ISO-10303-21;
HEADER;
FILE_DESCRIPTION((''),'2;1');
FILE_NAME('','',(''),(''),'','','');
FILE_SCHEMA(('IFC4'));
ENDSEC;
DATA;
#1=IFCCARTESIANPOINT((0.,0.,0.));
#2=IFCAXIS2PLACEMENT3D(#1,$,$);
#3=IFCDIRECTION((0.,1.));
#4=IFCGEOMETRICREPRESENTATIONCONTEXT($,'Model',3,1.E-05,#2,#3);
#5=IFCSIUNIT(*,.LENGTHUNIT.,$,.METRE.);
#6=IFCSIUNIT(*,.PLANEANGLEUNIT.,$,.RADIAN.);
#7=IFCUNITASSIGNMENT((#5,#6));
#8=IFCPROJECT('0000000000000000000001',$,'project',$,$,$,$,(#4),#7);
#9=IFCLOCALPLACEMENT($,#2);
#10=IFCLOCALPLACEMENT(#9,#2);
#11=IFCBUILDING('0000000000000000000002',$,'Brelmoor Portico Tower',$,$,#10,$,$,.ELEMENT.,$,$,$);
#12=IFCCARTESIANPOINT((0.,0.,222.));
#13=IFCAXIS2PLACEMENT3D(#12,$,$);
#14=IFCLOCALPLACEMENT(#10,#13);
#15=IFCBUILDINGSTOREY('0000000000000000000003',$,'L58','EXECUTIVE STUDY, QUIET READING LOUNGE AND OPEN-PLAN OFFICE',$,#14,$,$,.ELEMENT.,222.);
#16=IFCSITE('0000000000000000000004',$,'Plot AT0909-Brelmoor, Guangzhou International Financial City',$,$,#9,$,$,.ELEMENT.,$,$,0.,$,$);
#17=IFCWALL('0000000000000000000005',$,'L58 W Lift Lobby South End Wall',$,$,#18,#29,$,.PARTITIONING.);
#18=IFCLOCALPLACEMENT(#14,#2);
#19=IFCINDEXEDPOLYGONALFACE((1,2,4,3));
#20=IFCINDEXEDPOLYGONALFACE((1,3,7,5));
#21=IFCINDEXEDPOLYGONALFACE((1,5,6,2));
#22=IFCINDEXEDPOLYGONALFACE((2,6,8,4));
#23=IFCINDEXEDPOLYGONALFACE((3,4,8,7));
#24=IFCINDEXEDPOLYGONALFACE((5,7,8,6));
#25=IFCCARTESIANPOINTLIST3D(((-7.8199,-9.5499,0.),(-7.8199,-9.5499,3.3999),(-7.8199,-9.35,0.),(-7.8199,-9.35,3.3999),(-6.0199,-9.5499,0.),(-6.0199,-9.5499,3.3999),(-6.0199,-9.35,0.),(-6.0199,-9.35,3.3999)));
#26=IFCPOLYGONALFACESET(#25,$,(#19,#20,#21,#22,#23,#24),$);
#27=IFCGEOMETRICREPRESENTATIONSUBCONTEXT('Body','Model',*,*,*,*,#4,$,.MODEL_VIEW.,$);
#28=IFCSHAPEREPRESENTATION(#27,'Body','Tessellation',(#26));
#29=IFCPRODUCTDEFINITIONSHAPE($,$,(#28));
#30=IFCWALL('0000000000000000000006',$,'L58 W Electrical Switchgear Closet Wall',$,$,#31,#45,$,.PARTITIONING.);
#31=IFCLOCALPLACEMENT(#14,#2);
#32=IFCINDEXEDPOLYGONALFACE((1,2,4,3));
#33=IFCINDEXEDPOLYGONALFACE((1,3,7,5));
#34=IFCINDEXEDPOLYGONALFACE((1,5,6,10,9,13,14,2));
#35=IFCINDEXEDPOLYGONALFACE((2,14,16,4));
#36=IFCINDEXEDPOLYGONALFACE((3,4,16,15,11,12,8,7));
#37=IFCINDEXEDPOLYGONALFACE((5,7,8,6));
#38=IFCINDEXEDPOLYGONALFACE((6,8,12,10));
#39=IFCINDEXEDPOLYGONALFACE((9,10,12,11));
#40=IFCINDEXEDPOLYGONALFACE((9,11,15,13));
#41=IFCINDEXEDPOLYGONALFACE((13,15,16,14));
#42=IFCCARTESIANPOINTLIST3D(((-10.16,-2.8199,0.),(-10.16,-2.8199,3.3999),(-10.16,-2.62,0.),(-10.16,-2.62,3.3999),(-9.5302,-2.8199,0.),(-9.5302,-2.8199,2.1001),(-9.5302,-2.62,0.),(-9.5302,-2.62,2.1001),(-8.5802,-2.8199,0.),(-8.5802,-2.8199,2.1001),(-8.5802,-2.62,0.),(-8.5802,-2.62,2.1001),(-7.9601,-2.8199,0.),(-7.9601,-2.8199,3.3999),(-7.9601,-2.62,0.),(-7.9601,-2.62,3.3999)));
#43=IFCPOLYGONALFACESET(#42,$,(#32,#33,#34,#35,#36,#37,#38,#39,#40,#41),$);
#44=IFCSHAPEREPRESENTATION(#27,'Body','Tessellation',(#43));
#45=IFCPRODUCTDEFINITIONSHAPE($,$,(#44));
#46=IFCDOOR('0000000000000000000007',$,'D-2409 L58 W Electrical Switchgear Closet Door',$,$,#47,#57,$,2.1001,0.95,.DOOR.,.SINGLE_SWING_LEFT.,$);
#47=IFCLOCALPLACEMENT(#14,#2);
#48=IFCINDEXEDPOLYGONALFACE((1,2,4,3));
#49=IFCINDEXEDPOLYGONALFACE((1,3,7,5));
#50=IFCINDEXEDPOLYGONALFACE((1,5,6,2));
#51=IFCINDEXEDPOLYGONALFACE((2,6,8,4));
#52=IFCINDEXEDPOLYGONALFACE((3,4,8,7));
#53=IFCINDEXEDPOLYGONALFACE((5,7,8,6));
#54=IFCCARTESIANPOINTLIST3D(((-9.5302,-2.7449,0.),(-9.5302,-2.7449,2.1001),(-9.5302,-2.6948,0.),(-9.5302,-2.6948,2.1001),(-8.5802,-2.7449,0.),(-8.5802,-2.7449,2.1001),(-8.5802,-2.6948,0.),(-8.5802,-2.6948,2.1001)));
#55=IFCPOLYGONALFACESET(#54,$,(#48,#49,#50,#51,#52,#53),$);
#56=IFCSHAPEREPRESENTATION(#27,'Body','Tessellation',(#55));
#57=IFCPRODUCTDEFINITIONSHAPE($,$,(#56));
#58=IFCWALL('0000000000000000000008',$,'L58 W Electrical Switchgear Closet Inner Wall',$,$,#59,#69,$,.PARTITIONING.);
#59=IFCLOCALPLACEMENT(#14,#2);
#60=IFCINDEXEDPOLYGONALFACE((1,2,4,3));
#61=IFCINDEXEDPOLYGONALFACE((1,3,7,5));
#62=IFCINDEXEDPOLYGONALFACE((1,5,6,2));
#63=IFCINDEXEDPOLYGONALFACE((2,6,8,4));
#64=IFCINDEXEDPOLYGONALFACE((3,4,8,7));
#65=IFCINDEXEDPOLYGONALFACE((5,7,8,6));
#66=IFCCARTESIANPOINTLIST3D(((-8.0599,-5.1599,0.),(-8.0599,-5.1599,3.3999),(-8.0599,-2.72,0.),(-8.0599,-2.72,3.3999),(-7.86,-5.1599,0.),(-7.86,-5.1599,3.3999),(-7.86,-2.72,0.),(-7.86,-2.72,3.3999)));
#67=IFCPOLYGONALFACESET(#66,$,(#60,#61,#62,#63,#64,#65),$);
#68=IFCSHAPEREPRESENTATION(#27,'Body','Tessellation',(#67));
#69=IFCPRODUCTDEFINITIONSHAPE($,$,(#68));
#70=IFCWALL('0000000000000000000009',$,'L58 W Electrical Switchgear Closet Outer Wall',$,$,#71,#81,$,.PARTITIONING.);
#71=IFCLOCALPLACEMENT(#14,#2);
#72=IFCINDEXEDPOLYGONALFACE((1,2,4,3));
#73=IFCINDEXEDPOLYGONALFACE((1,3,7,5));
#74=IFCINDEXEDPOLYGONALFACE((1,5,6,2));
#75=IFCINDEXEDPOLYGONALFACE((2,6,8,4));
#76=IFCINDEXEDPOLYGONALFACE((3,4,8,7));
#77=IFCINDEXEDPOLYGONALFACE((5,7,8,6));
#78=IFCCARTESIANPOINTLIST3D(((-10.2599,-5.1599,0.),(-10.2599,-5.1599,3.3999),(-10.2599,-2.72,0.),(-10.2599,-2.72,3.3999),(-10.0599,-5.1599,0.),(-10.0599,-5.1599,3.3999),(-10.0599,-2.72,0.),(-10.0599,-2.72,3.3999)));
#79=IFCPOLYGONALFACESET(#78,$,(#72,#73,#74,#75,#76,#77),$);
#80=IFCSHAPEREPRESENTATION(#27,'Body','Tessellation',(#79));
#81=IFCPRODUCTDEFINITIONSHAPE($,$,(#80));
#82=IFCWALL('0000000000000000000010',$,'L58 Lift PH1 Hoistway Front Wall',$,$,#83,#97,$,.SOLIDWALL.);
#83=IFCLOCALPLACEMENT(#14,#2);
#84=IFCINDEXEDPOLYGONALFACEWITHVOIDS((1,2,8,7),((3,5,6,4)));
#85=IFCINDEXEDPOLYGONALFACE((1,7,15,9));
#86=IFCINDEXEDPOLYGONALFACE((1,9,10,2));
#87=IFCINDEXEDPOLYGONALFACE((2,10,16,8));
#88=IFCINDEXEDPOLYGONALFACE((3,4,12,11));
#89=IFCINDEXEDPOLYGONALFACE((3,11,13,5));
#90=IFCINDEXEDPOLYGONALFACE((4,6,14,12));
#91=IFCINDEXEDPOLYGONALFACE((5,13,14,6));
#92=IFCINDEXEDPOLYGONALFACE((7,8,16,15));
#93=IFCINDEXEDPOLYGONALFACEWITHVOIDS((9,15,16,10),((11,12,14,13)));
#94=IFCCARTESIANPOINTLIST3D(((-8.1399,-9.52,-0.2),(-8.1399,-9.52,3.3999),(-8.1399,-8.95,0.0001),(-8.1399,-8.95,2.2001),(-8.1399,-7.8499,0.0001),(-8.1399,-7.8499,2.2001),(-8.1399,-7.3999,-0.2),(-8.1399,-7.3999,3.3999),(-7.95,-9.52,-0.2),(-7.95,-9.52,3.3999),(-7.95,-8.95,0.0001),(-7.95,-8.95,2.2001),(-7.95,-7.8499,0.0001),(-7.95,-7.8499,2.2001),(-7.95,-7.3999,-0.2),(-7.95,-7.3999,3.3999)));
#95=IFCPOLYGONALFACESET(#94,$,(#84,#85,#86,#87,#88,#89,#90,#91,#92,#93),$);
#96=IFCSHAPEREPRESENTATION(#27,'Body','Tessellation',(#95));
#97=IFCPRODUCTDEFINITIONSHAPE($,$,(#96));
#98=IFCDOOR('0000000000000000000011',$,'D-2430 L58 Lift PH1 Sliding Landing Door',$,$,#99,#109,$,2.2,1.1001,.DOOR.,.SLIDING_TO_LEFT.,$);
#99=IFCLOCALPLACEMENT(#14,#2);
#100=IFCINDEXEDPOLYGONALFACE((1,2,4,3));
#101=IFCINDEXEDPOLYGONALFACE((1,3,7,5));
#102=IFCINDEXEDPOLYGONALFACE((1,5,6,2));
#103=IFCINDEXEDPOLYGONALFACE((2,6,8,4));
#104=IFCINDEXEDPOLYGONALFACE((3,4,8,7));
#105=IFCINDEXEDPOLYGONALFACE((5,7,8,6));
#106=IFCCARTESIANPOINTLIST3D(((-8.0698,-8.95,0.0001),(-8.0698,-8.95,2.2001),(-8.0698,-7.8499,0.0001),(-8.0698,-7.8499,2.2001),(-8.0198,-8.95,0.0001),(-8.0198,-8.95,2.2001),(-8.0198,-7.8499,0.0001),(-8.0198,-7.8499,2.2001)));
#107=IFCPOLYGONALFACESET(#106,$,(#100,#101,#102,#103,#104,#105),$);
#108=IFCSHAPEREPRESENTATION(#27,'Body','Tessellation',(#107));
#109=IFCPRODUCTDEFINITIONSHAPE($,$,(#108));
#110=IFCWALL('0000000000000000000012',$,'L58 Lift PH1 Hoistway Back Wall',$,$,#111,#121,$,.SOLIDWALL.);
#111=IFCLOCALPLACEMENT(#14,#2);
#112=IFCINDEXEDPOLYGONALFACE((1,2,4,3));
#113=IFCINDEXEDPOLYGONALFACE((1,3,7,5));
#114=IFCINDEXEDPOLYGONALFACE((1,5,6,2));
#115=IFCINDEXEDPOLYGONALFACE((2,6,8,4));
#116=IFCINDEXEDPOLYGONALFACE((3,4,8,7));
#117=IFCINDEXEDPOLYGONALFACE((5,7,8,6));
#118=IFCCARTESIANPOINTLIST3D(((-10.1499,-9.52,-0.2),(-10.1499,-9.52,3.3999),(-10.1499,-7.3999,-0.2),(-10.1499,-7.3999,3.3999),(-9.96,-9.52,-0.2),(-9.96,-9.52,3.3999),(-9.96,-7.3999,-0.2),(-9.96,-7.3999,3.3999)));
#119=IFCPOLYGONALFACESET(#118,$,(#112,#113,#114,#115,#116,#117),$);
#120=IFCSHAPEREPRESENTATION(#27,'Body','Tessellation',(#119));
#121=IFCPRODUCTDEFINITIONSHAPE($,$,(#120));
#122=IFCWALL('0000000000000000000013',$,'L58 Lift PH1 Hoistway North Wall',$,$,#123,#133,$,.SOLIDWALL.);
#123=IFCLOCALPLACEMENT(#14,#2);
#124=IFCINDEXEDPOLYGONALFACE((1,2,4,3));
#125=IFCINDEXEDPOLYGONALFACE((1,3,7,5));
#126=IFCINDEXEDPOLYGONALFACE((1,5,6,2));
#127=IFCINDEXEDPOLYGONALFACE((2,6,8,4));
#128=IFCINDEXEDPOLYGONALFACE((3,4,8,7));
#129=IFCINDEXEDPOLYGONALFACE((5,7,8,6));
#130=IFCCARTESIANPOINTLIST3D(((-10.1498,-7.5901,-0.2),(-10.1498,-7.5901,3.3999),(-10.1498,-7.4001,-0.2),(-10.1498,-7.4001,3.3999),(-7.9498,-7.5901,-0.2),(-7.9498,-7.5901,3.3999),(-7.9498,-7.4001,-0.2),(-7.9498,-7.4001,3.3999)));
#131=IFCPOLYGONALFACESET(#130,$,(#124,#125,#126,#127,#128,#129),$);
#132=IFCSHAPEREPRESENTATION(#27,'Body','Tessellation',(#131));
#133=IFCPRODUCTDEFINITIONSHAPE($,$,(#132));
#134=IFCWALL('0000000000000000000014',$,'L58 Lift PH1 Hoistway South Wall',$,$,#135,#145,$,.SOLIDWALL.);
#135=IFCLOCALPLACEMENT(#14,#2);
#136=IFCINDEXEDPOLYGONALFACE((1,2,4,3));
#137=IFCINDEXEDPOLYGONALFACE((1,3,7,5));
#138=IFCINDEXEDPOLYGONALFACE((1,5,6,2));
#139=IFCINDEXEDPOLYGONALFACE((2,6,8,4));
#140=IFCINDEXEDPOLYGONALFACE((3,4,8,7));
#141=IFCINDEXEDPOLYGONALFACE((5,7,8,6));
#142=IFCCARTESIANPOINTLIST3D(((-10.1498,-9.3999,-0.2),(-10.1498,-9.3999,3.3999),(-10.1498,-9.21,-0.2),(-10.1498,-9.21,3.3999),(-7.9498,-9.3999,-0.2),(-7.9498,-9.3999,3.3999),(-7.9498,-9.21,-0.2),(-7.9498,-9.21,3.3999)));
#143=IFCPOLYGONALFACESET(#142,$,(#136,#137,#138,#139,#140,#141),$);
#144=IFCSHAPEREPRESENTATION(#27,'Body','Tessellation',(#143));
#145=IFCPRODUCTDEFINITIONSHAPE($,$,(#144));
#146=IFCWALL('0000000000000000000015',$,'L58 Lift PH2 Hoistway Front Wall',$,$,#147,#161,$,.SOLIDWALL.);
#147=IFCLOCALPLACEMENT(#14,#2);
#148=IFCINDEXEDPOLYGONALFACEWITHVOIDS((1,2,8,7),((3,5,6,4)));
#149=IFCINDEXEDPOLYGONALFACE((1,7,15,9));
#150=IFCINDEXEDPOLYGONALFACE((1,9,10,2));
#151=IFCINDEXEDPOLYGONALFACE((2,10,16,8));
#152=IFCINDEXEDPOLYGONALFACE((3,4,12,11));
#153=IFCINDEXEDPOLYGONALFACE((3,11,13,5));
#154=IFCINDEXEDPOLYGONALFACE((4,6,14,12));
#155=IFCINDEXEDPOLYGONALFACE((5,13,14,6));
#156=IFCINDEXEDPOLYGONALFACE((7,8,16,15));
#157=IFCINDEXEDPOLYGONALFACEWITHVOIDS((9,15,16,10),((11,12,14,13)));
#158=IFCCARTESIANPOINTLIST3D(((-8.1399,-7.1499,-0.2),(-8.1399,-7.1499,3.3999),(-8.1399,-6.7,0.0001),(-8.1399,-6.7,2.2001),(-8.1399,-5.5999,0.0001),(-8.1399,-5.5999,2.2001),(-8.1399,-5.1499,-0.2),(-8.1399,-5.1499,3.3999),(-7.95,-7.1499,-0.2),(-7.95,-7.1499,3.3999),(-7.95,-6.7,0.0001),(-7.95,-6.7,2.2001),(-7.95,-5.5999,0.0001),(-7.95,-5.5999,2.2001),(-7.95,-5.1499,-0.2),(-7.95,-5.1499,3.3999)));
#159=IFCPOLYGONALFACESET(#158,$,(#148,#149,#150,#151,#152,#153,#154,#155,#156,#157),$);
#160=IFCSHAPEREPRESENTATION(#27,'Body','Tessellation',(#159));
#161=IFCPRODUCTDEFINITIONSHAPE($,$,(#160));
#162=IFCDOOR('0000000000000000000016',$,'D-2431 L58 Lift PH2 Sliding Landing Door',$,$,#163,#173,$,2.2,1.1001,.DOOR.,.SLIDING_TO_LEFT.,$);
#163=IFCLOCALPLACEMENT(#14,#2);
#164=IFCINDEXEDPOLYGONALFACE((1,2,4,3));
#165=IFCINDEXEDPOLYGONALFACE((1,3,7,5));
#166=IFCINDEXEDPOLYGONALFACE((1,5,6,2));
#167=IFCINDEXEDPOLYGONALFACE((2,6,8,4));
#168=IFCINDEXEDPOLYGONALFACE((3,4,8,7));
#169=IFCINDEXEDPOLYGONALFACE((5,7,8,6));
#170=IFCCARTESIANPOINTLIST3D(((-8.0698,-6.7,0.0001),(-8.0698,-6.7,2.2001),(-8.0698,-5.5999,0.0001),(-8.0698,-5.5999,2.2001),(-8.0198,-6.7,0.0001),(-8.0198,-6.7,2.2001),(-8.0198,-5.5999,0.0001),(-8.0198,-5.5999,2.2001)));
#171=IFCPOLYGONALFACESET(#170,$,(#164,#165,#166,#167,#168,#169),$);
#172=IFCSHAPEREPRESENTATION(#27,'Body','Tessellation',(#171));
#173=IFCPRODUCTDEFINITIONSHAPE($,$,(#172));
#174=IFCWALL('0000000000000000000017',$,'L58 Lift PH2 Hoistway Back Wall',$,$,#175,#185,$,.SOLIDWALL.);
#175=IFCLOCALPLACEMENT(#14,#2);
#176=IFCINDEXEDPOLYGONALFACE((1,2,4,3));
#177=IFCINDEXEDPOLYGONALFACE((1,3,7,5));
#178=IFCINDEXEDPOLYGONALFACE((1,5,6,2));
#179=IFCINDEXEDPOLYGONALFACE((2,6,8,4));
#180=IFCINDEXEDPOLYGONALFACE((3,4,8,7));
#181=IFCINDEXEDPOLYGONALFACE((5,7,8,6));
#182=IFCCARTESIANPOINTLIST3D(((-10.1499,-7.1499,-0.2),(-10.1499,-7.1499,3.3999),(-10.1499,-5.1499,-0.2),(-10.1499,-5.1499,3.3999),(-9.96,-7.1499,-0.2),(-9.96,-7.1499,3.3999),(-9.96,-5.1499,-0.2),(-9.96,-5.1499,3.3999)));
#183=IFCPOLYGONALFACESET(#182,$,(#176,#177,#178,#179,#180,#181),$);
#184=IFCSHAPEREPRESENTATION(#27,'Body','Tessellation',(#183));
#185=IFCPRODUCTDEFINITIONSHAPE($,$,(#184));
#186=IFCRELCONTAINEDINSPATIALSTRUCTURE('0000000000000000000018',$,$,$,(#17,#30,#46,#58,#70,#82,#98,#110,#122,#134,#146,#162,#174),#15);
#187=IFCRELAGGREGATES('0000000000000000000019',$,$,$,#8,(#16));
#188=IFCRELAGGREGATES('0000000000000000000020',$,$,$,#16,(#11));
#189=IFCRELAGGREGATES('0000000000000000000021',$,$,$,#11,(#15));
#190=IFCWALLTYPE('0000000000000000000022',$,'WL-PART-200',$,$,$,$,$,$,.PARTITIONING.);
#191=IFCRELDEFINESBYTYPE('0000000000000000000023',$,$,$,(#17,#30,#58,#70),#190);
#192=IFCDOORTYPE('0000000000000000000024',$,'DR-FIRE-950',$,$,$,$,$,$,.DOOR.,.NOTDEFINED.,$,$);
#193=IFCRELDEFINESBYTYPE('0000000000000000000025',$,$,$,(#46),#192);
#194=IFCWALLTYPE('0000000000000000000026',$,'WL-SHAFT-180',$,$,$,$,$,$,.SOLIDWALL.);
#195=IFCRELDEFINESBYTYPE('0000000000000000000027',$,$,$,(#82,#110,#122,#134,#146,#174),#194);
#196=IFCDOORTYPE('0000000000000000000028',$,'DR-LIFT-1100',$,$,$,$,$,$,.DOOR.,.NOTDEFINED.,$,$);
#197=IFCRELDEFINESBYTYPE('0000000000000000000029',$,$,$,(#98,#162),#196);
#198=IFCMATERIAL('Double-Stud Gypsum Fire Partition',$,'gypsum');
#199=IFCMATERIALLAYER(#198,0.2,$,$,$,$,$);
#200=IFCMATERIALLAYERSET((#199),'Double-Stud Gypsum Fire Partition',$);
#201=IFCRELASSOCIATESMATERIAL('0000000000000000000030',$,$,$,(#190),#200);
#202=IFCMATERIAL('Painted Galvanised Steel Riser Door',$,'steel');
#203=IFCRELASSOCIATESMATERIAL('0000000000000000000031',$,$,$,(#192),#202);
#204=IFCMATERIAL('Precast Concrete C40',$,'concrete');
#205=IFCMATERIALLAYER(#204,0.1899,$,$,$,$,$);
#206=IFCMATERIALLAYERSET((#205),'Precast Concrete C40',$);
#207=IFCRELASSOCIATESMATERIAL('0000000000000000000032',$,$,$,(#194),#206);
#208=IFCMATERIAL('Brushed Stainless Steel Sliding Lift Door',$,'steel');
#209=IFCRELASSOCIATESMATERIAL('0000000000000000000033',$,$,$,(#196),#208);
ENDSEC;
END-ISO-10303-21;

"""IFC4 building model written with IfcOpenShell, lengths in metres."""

from ifc_helpers import new_model, si_unit, direction, frame, frame_2d, origin, place, context, subcontext, project, spatial, rectangle, extrude, material, layer, layer_set, type_object, element, fill, save


model = new_model("IFC4")

# Units and contexts
model_context = context("Model", 3, precision=1e-05, world=origin(), true_north=direction((0.0, 1.0)))
body_context = subcontext(model_context, "Body", "Model", "MODEL_VIEW")
ifc_project = project(units=[si_unit("LENGTHUNIT", "METRE"), si_unit("PLANEANGLEUNIT", "RADIAN")], contexts=[model_context])

# Site, building, storey
site_placement = place(None, origin())
site = spatial("IfcSite", under=ifc_project, at=site_placement, Name="Plot AT0909-Brelmoor, Guangzhou International Financial City", CompositionType="ELEMENT", RefElevation=0.0)
building_placement = place(site_placement, origin())
building = spatial("IfcBuilding", under=site, at=building_placement, Name="Brelmoor Portico Tower", CompositionType="ELEMENT")
storey_placement = place(building_placement, frame((0.0, 0.0, 222.0)))
storey = spatial("IfcBuildingStorey", under=building, at=storey_placement, Name="L58", Description="EXECUTIVE STUDY, QUIET READING LOUNGE AND OPEN-PLAN OFFICE", CompositionType="ELEMENT", Elevation=222.0)

# Shared definitions
ifc_material_1 = material(Name="Double-Stud Gypsum Fire Partition", Category="gypsum")
ifc_layer_1 = layer(ifc_material_1, 0.2)
ifc_layer_set_1 = layer_set([ifc_layer_1], Name="Double-Stud Gypsum Fire Partition")
wall_type_1 = type_object("IfcWallType", Name="WL-PART-200", PredefinedType="PARTITIONING", material=ifc_layer_set_1)

# Wall
wall_1_placement = place(storey_placement, frame((-6.02, -9.45, 0.0), z_axis=(0.0, 0.0, 1.0), x_axis=(-1.0, 0.0, 0.0)))
element("IfcWall", 1, at=wall_1_placement, inside=storey, type_object=wall_type_1, Name="L58 W Lift Lobby South End Wall", PredefinedType="PARTITIONING", context=body_context, shape_type="SweptSolid", body=[
    extrude(rectangle(XDim=1.8, YDim=0.2, at=frame_2d((0.8999, 0.0))), origin(), (0.0, 0.0, 1.0), 3.3999),
])

# Wall, opening, door
wall_2_placement = place(storey_placement, frame((-7.96, -2.72, 0.0), z_axis=(0.0, 0.0, 1.0), x_axis=(-1.0, 0.0, 0.0)))
wall_2 = element("IfcWall", 2, at=wall_2_placement, inside=storey, type_object=wall_type_1, Name="L58 W Electrical Switchgear Closet Wall", PredefinedType="PARTITIONING", context=body_context, shape_type="SweptSolid", body=[
    extrude(rectangle(XDim=2.2, YDim=0.2, at=frame_2d((1.1001, 0.0))), origin(), (0.0, 0.0, 1.0), 3.3999),
])
opening_1_placement = place(wall_2_placement, frame((0.6201, 0.0, 0.0)))
opening_1 = element("IfcOpeningElement", 3, at=opening_1_placement, cuts=wall_2, PredefinedType="OPENING", context=body_context, shape_type="SweptSolid", body=[
    extrude(rectangle(XDim=0.95, YDim=2.1001, at=frame_2d((0.4751, 1.05))), frame((0.0, 0.1099, 0.0), z_axis=(0.0, -1.0, 0.0), x_axis=(1.0, 0.0, 0.0)), (0.0, 0.0, 1.0), 0.22),
])
ifc_material_2 = material(Name="Painted Galvanised Steel Riser Door", Category="steel")
door_type_1 = type_object("IfcDoorType", Name="DR-FIRE-950", OperationType="NOTDEFINED", PredefinedType="DOOR", material=ifc_material_2)
door_1_placement = place(opening_1_placement, origin())
door_1 = element("IfcDoor", 4, at=door_1_placement, inside=storey, type_object=door_type_1, Name="D-2409 L58 W Electrical Switchgear Closet Door", OperationType="SINGLE_SWING_LEFT", OverallHeight=2.1001, OverallWidth=0.95, PredefinedType="DOOR", context=body_context, shape_type="SweptSolid", body=[
    extrude(rectangle(XDim=0.95, YDim=2.1001, at=frame_2d((0.4751, 1.05))), frame((0.0, 0.0249, 0.0), z_axis=(0.0, -1.0, 0.0), x_axis=(1.0, 0.0, 0.0)), (0.0, 0.0, 1.0), 0.05),
])
fill(opening_1, door_1)

# Walls
for number, where, z_axis, x_axis, name in (
    (5, (-7.96, -5.1599, 0.0), (0.0, 0.0, 1.0), (0.0, 1.0, 0.0), "L58 W Electrical Switchgear Closet Inner Wall"),
    (6, (-10.1599, -5.1599, 0.0), (0.0, 0.0, 1.0), (0.0, 1.0, 0.0), "L58 W Electrical Switchgear Closet Outer Wall"),
):
    element("IfcWall", number, at=place(storey_placement, frame(where, z_axis=z_axis, x_axis=x_axis)), inside=storey, type_object=wall_type_1, Name=name, PredefinedType="PARTITIONING", context=body_context, shape_type="SweptSolid", body=[
        extrude(rectangle(XDim=2.4399, YDim=0.2, at=frame_2d((1.22, 0.0))), origin(), (0.0, 0.0, 1.0), 3.3999),
    ])

# Wall, opening, door
ifc_material_3 = material(Name="Precast Concrete C40", Category="concrete")
ifc_layer_2 = layer(ifc_material_3, 0.1899)
ifc_layer_set_2 = layer_set([ifc_layer_2], Name="Precast Concrete C40")
wall_type_2 = type_object("IfcWallType", Name="WL-SHAFT-180", PredefinedType="SOLIDWALL", material=ifc_layer_set_2)
wall_3_placement = place(storey_placement, frame((-8.0449, -9.52, -0.2), z_axis=(0.0, 0.0, 1.0), x_axis=(0.0, 1.0, 0.0)))
wall_3 = element("IfcWall", 7, at=wall_3_placement, inside=storey, type_object=wall_type_2, Name="L58 Lift PH1 Hoistway Front Wall", PredefinedType="SOLIDWALL", context=body_context, shape_type="SweptSolid", body=[
    extrude(rectangle(XDim=2.1201, YDim=0.1899, at=frame_2d((1.0601, 0.0))), origin(), (0.0, 0.0, 1.0), 3.5999),
])
opening_2_placement = place(wall_3_placement, frame((0.5701, 0.0, 0.2)))
opening_2 = element("IfcOpeningElement", 8, at=opening_2_placement, cuts=wall_3, PredefinedType="OPENING", context=body_context, shape_type="SweptSolid", body=[
    extrude(rectangle(XDim=1.1001, YDim=2.2, at=frame_2d((0.55, 1.1001))), frame((0.0, 0.105, 0.0), z_axis=(0.0, -1.0, 0.0), x_axis=(1.0, 0.0, 0.0)), (0.0, 0.0, 1.0), 0.21),
])
ifc_material_4 = material(Name="Brushed Stainless Steel Sliding Lift Door", Category="steel")
door_type_2 = type_object("IfcDoorType", Name="DR-LIFT-1100", OperationType="NOTDEFINED", PredefinedType="DOOR", material=ifc_material_4)
door_2_placement = place(opening_2_placement, origin())
door_2 = element("IfcDoor", 9, at=door_2_placement, inside=storey, type_object=door_type_2, Name="D-2430 L58 Lift PH1 Sliding Landing Door", OperationType="SLIDING_TO_LEFT", OverallHeight=2.2, OverallWidth=1.1001, PredefinedType="DOOR", context=body_context, shape_type="SweptSolid", body=[
    extrude(rectangle(XDim=1.1001, YDim=2.2, at=frame_2d((0.55, 1.1001))), frame((0.0, 0.0249, 0.0), z_axis=(0.0, -1.0, 0.0), x_axis=(1.0, 0.0, 0.0)), (0.0, 0.0, 1.0), 0.05),
])
fill(opening_2, door_2)

# Walls
wall_4_placement = place(storey_placement, frame((-10.0549, -9.52, -0.2), z_axis=(0.0, 0.0, 1.0), x_axis=(0.0, 1.0, 0.0)))
element("IfcWall", 10, at=wall_4_placement, inside=storey, type_object=wall_type_2, Name="L58 Lift PH1 Hoistway Back Wall", PredefinedType="SOLIDWALL", context=body_context, shape_type="SweptSolid", body=[
    extrude(rectangle(XDim=2.1201, YDim=0.1899, at=frame_2d((1.0601, 0.0))), origin(), (0.0, 0.0, 1.0), 3.5999),
])
for number, where, z_axis, x_axis, name in (
    (11, (-10.1499, -7.4951, -0.2), (0.0, 0.0, 1.0), (1.0, 0.0, 0.0), "L58 Lift PH1 Hoistway North Wall"),
    (12, (-10.1499, -9.3049, -0.2), (0.0, 0.0, 1.0), (1.0, 0.0, 0.0), "L58 Lift PH1 Hoistway South Wall"),
):
    element("IfcWall", number, at=place(storey_placement, frame(where, z_axis=z_axis, x_axis=x_axis)), inside=storey, type_object=wall_type_2, Name=name, PredefinedType="SOLIDWALL", context=body_context, shape_type="SweptSolid", body=[
        extrude(rectangle(XDim=2.2, YDim=0.1899, at=frame_2d((1.1001, 0.0))), origin(), (0.0, 0.0, 1.0), 3.5999),
    ])

# Wall, opening, door
wall_5_placement = place(storey_placement, frame((-8.0449, -7.1499, -0.2), z_axis=(0.0, 0.0, 1.0), x_axis=(0.0, 1.0, 0.0)))
wall_5 = element("IfcWall", 13, at=wall_5_placement, inside=storey, type_object=wall_type_2, Name="L58 Lift PH2 Hoistway Front Wall", PredefinedType="SOLIDWALL", context=body_context, shape_type="SweptSolid", body=[
    extrude(rectangle(XDim=2.0, YDim=0.1899, at=frame_2d((1.0, 0.0))), origin(), (0.0, 0.0, 1.0), 3.5999),
])
opening_3_placement = place(wall_5_placement, frame((0.45, 0.0, 0.2)))
opening_3 = element("IfcOpeningElement", 14, at=opening_3_placement, cuts=wall_5, PredefinedType="OPENING", context=body_context, shape_type="SweptSolid", body=[
    extrude(rectangle(XDim=1.1001, YDim=2.2, at=frame_2d((0.55, 1.1001))), frame((0.0, 0.105, 0.0), z_axis=(0.0, -1.0, 0.0), x_axis=(1.0, 0.0, 0.0)), (0.0, 0.0, 1.0), 0.21),
])
door_3_placement = place(opening_3_placement, origin())
door_3 = element("IfcDoor", 15, at=door_3_placement, inside=storey, type_object=door_type_2, Name="D-2431 L58 Lift PH2 Sliding Landing Door", OperationType="SLIDING_TO_LEFT", OverallHeight=2.2, OverallWidth=1.1001, PredefinedType="DOOR", context=body_context, shape_type="SweptSolid", body=[
    extrude(rectangle(XDim=1.1001, YDim=2.2, at=frame_2d((0.55, 1.1001))), frame((0.0, 0.0249, 0.0), z_axis=(0.0, -1.0, 0.0), x_axis=(1.0, 0.0, 0.0)), (0.0, 0.0, 1.0), 0.05),
])
fill(opening_3, door_3)

# Wall
wall_6_placement = place(storey_placement, frame((-10.0549, -7.1499, -0.2), z_axis=(0.0, 0.0, 1.0), x_axis=(0.0, 1.0, 0.0)))
element("IfcWall", 16, at=wall_6_placement, inside=storey, type_object=wall_type_2, Name="L58 Lift PH2 Hoistway Back Wall", PredefinedType="SOLIDWALL", context=body_context, shape_type="SweptSolid", body=[
    extrude(rectangle(XDim=2.0, YDim=0.1899, at=frame_2d((1.0, 0.0))), origin(), (0.0, 0.0, 1.0), 3.5999),
])

save(model, "model.ifc")
